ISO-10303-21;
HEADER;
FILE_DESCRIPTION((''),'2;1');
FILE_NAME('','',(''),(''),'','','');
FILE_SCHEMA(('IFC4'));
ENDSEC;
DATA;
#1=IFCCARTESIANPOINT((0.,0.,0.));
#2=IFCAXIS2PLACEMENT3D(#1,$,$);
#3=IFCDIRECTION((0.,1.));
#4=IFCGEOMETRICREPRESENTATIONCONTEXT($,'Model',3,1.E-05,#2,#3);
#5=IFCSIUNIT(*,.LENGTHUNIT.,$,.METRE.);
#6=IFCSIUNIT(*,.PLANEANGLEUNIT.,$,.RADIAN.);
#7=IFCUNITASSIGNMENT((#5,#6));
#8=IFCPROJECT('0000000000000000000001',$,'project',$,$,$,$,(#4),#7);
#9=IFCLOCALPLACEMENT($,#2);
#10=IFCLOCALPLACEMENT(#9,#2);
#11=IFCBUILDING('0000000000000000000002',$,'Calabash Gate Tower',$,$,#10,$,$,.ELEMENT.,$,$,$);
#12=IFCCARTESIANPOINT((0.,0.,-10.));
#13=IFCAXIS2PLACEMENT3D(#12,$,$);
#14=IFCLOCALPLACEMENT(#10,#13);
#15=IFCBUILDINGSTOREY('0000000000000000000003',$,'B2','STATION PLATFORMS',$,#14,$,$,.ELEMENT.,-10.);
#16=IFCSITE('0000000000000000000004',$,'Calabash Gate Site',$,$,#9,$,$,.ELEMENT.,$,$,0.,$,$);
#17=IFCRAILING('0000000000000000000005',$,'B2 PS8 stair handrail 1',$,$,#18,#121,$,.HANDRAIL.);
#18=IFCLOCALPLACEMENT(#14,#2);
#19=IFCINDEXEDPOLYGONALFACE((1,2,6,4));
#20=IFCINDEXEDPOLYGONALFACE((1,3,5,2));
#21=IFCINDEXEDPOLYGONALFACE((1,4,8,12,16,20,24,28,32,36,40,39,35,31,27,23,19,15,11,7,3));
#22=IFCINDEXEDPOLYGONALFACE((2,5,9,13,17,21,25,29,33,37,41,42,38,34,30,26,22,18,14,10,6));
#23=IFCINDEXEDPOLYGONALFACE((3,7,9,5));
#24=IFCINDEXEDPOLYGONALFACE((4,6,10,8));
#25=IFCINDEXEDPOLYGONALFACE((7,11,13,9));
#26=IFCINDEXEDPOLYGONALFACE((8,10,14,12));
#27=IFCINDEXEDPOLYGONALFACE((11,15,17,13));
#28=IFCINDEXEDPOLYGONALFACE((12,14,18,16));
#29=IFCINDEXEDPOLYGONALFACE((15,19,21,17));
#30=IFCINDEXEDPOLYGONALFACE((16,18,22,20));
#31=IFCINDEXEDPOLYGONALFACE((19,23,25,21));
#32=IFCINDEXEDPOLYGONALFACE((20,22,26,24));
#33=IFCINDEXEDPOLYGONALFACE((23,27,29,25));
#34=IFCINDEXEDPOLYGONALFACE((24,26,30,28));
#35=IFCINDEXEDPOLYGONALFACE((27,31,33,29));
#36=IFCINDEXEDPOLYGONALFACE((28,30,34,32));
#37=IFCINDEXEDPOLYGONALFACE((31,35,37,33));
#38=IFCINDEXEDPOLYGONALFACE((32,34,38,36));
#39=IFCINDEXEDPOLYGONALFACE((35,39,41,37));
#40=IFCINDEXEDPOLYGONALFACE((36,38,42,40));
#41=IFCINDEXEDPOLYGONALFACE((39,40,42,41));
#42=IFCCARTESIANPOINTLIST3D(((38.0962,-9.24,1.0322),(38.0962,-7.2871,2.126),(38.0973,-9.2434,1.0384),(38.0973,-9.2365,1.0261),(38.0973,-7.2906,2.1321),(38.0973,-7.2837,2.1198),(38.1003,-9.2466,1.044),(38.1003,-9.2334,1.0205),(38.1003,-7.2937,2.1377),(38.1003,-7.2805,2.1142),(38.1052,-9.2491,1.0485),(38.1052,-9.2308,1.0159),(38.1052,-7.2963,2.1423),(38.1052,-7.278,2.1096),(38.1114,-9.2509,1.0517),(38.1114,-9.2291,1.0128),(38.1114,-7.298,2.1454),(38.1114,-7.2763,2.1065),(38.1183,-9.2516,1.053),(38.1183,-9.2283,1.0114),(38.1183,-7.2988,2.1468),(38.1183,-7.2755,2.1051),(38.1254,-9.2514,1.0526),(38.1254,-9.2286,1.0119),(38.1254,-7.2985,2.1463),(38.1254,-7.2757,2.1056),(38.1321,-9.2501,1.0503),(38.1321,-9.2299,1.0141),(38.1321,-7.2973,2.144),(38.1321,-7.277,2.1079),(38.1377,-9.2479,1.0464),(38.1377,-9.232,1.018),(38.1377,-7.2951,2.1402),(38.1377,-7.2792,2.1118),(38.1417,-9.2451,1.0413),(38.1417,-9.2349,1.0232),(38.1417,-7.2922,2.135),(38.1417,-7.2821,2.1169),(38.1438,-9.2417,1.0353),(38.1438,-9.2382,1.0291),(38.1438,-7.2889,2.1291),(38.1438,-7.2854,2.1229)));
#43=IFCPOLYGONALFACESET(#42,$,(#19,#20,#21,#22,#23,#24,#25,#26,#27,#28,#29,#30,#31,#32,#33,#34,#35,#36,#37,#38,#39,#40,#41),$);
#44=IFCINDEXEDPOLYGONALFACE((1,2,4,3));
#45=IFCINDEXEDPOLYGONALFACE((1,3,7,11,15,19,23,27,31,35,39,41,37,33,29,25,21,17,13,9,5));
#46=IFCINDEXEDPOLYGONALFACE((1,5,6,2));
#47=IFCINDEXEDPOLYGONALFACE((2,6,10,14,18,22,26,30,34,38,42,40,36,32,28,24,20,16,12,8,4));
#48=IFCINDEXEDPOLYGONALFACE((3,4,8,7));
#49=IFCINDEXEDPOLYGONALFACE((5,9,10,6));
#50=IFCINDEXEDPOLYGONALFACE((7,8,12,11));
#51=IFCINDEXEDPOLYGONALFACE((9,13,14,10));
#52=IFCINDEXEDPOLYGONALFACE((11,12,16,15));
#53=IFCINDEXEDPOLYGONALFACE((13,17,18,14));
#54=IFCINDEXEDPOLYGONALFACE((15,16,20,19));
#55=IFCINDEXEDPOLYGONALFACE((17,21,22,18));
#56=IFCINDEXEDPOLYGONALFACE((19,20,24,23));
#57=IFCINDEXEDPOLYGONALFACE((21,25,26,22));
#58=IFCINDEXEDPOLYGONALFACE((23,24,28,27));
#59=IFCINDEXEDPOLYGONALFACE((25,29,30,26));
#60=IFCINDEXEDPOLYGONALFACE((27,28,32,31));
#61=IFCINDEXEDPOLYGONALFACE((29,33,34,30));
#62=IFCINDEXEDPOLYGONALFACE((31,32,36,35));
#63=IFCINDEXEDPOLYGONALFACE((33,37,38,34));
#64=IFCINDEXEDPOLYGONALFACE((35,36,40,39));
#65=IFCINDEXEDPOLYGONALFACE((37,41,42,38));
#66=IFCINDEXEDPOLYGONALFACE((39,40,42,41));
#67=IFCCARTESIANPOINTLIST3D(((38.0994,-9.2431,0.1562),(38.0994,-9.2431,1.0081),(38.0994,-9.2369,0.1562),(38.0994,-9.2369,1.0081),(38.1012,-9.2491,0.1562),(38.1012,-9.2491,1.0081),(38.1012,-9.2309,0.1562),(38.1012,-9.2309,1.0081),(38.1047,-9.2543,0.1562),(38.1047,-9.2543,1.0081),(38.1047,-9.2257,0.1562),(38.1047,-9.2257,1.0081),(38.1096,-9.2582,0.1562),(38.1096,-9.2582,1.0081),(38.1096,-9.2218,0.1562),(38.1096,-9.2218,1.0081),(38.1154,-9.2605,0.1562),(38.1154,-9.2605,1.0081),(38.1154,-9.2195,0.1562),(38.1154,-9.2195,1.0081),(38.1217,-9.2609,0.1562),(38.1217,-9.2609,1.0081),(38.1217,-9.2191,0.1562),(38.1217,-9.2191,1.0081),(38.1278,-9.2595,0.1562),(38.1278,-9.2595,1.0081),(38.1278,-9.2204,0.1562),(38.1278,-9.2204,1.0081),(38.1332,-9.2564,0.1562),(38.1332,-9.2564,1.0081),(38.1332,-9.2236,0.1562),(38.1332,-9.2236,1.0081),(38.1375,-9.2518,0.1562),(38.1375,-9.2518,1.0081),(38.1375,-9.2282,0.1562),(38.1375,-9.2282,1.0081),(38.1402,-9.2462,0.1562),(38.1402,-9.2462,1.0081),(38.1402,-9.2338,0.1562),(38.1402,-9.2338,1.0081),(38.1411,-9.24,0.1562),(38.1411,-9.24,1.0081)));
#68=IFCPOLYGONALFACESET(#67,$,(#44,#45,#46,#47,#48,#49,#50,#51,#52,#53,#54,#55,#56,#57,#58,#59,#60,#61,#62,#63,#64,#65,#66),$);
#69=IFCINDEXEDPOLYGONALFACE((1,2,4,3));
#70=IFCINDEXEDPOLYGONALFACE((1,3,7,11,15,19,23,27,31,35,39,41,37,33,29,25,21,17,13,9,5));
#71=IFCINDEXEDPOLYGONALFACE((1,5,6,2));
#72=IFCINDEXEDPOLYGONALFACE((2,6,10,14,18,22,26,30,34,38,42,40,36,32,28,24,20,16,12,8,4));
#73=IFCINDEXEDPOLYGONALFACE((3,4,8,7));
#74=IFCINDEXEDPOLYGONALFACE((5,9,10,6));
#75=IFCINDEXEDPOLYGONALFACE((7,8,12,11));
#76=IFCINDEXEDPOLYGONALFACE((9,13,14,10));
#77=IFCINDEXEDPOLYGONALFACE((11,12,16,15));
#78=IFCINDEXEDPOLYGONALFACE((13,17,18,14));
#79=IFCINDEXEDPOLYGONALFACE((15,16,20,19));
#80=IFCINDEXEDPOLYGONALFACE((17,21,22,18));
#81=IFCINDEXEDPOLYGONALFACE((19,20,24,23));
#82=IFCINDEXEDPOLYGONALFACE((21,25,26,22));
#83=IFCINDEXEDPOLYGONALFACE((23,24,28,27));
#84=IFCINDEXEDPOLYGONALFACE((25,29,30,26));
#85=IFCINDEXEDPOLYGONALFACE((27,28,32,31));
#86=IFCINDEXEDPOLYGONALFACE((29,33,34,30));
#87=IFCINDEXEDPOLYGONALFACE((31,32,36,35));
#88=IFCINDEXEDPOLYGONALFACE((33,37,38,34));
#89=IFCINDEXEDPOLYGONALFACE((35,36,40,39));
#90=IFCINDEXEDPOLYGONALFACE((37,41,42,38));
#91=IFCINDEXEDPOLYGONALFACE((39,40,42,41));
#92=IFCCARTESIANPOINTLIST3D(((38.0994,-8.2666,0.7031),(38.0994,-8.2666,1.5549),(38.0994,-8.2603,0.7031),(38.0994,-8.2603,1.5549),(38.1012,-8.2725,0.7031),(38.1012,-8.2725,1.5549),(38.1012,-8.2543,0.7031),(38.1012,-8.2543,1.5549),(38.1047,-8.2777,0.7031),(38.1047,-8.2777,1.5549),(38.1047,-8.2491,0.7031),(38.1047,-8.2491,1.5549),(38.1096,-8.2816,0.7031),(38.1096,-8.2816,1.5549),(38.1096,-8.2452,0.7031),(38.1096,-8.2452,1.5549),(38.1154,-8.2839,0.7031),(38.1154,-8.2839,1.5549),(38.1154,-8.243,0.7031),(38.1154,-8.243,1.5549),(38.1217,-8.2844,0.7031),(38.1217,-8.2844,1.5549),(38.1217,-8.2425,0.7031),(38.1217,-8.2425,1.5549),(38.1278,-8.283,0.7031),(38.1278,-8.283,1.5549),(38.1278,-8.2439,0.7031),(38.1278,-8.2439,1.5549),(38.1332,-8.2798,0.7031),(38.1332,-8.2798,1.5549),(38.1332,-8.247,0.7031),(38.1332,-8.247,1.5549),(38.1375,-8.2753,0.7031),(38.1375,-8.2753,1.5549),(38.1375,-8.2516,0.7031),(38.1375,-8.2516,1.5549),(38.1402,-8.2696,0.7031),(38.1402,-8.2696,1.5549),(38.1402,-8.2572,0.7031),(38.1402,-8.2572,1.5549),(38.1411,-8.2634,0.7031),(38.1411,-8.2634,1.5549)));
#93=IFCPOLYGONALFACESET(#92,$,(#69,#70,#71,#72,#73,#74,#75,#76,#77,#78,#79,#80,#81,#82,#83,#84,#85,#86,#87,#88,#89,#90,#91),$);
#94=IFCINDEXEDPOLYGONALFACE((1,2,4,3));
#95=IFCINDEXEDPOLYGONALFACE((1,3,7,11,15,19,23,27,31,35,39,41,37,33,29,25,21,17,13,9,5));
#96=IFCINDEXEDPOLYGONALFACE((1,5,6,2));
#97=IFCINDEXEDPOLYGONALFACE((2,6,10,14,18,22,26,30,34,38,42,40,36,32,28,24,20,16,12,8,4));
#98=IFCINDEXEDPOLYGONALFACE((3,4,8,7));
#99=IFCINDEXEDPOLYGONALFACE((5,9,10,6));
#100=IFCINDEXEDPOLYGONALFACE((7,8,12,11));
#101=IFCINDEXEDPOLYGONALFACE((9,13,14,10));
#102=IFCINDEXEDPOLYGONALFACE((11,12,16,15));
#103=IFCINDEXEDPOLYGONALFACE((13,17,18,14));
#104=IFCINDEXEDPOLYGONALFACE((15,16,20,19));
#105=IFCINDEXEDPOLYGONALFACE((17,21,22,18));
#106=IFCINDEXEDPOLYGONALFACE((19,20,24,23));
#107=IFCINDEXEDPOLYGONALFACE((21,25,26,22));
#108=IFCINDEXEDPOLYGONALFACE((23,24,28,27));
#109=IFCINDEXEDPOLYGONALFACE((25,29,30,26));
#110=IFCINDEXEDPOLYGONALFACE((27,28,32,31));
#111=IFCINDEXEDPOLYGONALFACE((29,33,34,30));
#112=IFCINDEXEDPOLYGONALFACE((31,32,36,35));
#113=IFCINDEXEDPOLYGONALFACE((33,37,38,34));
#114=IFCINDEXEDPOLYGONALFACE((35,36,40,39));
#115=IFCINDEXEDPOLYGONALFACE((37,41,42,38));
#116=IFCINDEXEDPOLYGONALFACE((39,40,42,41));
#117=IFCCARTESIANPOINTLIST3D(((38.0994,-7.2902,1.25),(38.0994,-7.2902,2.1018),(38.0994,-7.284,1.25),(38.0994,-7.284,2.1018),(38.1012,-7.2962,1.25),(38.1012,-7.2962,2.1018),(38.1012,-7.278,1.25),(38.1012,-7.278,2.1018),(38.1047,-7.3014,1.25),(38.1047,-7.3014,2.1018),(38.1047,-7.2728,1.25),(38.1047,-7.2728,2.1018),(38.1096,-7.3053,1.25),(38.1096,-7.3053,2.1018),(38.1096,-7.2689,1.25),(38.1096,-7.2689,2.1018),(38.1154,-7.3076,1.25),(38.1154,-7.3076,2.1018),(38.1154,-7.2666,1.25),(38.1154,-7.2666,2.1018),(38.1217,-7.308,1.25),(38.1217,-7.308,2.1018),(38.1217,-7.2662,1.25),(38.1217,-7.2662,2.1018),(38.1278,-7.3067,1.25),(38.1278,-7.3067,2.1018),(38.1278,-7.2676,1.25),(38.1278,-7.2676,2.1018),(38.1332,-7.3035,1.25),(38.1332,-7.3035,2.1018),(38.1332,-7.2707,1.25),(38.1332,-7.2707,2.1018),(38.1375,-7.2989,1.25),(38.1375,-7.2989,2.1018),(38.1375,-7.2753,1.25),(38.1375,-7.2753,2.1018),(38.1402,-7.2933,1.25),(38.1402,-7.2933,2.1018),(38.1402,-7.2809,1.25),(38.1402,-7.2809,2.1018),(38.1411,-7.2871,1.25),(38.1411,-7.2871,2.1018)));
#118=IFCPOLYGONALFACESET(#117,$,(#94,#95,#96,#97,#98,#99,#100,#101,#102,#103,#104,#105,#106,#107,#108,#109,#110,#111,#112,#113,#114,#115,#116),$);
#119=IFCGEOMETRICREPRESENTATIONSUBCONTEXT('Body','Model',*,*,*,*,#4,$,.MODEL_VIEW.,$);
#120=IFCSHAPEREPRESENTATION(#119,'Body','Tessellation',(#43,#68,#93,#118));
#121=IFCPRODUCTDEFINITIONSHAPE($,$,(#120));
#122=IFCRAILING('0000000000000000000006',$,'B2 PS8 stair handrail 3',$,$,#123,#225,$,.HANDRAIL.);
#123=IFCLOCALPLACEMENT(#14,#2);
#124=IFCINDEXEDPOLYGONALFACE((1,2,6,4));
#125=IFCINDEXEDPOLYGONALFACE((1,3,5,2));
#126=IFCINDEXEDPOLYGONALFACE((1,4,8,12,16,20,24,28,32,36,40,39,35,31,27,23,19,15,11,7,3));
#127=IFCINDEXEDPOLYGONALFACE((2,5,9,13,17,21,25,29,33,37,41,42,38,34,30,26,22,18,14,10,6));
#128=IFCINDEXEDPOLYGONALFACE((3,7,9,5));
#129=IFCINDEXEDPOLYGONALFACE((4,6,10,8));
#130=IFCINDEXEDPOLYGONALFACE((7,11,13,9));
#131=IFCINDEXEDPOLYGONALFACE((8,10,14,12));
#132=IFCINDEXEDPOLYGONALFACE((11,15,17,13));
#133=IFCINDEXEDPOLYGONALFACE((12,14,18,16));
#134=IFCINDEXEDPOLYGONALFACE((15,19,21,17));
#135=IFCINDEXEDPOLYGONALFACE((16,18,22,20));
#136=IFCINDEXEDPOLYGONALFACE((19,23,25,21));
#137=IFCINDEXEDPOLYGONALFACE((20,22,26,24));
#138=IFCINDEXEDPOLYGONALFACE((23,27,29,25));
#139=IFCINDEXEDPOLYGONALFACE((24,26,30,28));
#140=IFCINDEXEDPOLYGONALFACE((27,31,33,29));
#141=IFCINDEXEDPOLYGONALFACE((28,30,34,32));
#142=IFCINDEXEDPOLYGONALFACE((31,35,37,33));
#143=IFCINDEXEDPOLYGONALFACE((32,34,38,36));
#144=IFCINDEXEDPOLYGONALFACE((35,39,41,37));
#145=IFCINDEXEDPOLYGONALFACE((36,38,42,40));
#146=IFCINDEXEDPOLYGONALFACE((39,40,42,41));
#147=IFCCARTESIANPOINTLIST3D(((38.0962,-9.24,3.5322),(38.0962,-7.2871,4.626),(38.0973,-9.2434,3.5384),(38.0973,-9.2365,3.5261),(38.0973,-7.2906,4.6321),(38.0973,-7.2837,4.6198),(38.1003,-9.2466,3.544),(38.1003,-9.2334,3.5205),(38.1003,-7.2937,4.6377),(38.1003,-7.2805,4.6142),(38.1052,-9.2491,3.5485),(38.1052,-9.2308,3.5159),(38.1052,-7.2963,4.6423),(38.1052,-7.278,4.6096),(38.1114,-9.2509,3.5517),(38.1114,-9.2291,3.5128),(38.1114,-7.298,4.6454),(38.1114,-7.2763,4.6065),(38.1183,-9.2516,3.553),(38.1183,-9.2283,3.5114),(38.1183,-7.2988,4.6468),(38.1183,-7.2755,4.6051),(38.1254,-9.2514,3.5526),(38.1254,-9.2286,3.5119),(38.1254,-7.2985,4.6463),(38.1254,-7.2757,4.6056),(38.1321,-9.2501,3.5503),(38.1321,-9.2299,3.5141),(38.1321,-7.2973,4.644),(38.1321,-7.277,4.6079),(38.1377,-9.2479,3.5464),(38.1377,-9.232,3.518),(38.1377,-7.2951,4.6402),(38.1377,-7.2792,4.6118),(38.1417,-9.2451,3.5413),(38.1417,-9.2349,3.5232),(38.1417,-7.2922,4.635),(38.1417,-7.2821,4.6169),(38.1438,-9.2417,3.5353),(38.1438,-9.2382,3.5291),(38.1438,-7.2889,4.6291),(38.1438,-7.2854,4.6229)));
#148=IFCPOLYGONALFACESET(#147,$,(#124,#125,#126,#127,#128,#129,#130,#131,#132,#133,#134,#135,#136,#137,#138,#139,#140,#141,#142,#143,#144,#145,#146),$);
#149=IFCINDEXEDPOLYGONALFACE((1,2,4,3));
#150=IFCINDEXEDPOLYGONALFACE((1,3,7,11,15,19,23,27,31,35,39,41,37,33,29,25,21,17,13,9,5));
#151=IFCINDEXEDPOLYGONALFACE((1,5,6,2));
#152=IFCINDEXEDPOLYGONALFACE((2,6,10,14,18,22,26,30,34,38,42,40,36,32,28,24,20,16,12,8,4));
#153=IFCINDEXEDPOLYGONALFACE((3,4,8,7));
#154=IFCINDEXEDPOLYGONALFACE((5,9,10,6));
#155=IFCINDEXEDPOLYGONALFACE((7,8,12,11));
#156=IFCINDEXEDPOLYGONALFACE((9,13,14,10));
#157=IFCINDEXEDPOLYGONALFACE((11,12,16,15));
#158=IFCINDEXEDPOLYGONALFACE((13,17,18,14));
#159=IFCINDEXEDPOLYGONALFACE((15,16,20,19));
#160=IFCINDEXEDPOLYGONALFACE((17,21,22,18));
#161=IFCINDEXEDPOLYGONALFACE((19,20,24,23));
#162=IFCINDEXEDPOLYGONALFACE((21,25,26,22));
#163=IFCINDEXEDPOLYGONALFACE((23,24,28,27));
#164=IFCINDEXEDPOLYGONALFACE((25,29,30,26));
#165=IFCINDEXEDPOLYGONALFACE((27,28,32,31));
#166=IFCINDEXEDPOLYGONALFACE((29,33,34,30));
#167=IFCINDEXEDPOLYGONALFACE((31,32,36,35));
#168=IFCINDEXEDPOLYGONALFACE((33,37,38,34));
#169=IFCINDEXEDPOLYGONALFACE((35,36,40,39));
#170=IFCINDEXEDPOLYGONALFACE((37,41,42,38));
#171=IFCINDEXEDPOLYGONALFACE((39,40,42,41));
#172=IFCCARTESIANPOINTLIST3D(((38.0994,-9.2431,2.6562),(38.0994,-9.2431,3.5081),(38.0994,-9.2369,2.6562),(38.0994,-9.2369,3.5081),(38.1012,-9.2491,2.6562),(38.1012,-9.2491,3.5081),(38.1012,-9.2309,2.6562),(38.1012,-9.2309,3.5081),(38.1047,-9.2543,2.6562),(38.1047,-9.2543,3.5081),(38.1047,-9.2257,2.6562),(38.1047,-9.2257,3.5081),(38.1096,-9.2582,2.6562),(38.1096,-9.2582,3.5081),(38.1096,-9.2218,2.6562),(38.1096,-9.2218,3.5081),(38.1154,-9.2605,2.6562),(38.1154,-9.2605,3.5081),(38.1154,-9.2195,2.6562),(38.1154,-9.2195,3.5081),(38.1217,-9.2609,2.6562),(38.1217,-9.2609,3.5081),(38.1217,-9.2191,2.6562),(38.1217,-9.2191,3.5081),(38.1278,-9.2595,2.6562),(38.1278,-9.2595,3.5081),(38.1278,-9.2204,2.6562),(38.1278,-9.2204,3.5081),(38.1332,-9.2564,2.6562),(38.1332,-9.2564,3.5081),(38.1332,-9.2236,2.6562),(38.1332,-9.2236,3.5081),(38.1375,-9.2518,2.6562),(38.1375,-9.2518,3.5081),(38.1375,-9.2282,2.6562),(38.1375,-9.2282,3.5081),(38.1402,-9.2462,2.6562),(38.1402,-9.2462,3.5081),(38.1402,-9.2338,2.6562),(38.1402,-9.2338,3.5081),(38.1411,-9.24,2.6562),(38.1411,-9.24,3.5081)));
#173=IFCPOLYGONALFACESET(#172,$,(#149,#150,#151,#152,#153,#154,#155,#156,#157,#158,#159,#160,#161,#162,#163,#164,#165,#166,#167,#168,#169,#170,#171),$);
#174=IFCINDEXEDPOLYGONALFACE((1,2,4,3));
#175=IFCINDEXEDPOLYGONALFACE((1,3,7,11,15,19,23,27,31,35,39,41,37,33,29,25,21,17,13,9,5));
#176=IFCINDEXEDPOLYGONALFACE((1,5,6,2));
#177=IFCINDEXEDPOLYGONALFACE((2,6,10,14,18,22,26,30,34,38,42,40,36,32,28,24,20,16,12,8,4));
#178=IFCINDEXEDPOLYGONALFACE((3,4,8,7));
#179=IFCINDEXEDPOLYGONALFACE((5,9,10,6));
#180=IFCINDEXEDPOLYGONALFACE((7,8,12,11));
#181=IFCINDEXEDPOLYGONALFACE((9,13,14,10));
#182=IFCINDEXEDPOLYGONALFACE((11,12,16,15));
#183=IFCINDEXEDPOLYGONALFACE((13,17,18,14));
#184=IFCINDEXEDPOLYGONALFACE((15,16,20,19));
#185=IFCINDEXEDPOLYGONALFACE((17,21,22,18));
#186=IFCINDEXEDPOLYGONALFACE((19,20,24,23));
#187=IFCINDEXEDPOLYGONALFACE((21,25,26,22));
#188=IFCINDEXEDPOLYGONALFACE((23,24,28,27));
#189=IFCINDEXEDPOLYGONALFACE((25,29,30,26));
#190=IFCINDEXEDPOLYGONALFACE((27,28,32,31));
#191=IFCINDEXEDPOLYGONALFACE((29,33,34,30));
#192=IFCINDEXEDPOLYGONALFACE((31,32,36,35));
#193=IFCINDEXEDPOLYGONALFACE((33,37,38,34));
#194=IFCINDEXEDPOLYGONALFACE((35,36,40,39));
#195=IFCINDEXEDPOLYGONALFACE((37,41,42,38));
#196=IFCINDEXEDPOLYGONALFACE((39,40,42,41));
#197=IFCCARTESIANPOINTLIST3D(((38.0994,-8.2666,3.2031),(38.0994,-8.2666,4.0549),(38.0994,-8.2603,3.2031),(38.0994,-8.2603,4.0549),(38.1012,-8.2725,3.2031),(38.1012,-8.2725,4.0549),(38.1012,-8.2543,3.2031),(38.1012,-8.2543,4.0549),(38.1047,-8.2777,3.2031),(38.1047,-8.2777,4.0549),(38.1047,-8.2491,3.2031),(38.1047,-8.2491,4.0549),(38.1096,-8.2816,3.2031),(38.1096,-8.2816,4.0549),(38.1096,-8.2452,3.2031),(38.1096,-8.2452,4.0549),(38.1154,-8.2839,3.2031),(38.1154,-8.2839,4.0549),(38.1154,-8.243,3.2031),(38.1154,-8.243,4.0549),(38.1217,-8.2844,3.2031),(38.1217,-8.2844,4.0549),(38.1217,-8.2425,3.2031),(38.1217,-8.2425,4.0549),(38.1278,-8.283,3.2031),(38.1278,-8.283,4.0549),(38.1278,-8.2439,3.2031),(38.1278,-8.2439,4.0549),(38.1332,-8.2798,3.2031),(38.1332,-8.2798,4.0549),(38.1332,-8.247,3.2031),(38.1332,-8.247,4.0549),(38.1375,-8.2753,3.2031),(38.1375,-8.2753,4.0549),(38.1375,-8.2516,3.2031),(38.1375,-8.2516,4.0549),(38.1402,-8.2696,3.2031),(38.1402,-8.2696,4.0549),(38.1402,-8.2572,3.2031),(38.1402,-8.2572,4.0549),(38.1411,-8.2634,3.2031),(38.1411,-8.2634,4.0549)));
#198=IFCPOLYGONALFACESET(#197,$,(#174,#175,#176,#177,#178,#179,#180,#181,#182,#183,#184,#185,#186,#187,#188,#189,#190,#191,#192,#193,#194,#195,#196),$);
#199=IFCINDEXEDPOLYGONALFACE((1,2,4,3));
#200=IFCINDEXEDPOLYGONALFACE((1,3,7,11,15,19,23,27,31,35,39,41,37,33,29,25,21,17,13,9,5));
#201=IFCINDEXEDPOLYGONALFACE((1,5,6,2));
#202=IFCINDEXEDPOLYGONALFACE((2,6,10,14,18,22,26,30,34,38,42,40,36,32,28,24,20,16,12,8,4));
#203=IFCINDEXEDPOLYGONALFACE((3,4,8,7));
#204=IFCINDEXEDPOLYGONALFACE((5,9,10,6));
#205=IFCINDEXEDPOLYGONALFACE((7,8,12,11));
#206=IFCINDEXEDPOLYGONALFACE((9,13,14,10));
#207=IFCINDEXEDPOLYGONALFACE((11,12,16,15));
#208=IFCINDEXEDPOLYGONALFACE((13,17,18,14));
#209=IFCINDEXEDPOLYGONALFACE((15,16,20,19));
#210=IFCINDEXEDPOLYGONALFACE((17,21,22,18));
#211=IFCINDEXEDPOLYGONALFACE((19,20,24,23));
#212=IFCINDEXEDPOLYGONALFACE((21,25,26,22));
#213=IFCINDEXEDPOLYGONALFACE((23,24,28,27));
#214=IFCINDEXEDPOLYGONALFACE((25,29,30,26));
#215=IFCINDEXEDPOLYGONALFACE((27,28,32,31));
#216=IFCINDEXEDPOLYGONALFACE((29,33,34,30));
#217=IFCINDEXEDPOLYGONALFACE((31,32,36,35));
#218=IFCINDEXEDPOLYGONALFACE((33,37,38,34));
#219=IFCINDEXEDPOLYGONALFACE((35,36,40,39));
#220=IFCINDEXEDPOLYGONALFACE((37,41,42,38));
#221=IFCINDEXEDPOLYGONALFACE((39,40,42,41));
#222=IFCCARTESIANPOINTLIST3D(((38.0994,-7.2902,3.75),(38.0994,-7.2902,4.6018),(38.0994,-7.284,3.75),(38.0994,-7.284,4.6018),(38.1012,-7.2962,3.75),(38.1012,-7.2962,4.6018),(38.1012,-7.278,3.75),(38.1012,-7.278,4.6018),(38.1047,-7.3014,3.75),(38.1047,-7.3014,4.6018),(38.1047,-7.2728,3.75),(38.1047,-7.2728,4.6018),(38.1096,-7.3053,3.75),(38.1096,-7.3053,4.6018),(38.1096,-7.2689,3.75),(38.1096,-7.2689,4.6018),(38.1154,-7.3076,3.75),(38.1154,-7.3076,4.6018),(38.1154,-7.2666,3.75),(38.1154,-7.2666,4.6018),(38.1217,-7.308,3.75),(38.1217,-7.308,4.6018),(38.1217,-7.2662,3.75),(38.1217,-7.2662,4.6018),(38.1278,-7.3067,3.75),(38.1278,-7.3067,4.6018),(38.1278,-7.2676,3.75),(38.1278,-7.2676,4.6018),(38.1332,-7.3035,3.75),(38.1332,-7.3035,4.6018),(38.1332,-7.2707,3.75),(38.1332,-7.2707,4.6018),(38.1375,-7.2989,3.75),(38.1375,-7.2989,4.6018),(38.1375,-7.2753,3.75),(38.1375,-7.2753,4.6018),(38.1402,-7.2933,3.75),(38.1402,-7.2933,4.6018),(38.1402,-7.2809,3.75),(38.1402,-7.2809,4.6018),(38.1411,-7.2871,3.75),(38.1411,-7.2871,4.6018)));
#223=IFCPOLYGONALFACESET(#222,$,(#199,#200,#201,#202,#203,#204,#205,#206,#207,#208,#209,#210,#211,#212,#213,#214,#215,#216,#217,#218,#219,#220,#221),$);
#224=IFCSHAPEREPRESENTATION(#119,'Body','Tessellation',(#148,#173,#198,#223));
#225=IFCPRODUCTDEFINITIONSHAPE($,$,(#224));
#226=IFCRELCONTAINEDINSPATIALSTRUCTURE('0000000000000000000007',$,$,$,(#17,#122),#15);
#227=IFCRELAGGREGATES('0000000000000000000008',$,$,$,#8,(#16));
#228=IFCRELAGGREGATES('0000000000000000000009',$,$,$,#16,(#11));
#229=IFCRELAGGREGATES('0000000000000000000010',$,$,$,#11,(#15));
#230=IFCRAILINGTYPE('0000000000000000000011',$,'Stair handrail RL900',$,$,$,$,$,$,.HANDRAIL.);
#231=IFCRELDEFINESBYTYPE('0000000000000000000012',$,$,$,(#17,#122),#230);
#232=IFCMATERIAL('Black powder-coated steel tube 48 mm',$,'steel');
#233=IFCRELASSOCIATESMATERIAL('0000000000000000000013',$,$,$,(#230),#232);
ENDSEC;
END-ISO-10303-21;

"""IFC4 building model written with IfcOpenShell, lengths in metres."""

from ifc_helpers import new_model, si_unit, direction, frame, origin, origin_2d, place, context, subcontext, project, spatial, circle, extrude, material, type_object, element, save


model = new_model("IFC4")

# Units and contexts
model_context = context("Model", 3, precision=1e-05, world=origin(), true_north=direction((0.0, 1.0)))
body_context = subcontext(model_context, "Body", "Model", "MODEL_VIEW")
ifc_project = project(units=[si_unit("LENGTHUNIT", "METRE"), si_unit("PLANEANGLEUNIT", "RADIAN")], contexts=[model_context])

# Site, building, storey
site_placement = place(None, origin())
site = spatial("IfcSite", under=ifc_project, at=site_placement, Name="Calabash Gate Site", CompositionType="ELEMENT", RefElevation=0.0)
building_placement = place(site_placement, origin())
building = spatial("IfcBuilding", under=site, at=building_placement, Name="Calabash Gate Tower", CompositionType="ELEMENT")
storey_placement = place(building_placement, frame((0.0, 0.0, -10.0)))
storey = spatial("IfcBuildingStorey", under=building, at=storey_placement, Name="B2", Description="STATION PLATFORMS", CompositionType="ELEMENT", Elevation=-10.0)

# Railings
ifc_material_1 = material(Name="Black powder-coated steel tube 48 mm", Category="steel")
railing_type_1 = type_object("IfcRailingType", Name="Stair handrail RL900", PredefinedType="HANDRAIL", material=ifc_material_1)
for number, where, name in (
    (1, (38.1201, -9.24, 0.1562), "B2 PS8 stair handrail 1"),
    (2, (38.1201, -9.24, 2.6562), "B2 PS8 stair handrail 3"),
):
    element("IfcRailing", number, at=place(storey_placement, frame(where)), inside=storey, type_object=railing_type_1, Name=name, PredefinedType="HANDRAIL", context=body_context, shape_type="SweptSolid", body=[
        extrude(circle(Radius=0.0239, at=origin_2d()), frame((0.0, 0.0, 0.876), z_axis=(0.0, 0.87248, 0.48865), x_axis=(-1.0, 0.0, 0.0)), (0.0, 0.0, 1.0), 2.2383),
        extrude(circle(Radius=0.021, at=origin_2d()), origin(), (0.0, 0.0, 1.0), 0.8518),
        extrude(circle(Radius=0.021, at=origin_2d()), frame((0.0, 0.9766, 0.5469)), (0.0, 0.0, 1.0), 0.8518),
        extrude(circle(Radius=0.021, at=origin_2d()), frame((0.0, 1.9529, 1.0938)), (0.0, 0.0, 1.0), 0.8518),
    ])

save(model, "model.ifc")
